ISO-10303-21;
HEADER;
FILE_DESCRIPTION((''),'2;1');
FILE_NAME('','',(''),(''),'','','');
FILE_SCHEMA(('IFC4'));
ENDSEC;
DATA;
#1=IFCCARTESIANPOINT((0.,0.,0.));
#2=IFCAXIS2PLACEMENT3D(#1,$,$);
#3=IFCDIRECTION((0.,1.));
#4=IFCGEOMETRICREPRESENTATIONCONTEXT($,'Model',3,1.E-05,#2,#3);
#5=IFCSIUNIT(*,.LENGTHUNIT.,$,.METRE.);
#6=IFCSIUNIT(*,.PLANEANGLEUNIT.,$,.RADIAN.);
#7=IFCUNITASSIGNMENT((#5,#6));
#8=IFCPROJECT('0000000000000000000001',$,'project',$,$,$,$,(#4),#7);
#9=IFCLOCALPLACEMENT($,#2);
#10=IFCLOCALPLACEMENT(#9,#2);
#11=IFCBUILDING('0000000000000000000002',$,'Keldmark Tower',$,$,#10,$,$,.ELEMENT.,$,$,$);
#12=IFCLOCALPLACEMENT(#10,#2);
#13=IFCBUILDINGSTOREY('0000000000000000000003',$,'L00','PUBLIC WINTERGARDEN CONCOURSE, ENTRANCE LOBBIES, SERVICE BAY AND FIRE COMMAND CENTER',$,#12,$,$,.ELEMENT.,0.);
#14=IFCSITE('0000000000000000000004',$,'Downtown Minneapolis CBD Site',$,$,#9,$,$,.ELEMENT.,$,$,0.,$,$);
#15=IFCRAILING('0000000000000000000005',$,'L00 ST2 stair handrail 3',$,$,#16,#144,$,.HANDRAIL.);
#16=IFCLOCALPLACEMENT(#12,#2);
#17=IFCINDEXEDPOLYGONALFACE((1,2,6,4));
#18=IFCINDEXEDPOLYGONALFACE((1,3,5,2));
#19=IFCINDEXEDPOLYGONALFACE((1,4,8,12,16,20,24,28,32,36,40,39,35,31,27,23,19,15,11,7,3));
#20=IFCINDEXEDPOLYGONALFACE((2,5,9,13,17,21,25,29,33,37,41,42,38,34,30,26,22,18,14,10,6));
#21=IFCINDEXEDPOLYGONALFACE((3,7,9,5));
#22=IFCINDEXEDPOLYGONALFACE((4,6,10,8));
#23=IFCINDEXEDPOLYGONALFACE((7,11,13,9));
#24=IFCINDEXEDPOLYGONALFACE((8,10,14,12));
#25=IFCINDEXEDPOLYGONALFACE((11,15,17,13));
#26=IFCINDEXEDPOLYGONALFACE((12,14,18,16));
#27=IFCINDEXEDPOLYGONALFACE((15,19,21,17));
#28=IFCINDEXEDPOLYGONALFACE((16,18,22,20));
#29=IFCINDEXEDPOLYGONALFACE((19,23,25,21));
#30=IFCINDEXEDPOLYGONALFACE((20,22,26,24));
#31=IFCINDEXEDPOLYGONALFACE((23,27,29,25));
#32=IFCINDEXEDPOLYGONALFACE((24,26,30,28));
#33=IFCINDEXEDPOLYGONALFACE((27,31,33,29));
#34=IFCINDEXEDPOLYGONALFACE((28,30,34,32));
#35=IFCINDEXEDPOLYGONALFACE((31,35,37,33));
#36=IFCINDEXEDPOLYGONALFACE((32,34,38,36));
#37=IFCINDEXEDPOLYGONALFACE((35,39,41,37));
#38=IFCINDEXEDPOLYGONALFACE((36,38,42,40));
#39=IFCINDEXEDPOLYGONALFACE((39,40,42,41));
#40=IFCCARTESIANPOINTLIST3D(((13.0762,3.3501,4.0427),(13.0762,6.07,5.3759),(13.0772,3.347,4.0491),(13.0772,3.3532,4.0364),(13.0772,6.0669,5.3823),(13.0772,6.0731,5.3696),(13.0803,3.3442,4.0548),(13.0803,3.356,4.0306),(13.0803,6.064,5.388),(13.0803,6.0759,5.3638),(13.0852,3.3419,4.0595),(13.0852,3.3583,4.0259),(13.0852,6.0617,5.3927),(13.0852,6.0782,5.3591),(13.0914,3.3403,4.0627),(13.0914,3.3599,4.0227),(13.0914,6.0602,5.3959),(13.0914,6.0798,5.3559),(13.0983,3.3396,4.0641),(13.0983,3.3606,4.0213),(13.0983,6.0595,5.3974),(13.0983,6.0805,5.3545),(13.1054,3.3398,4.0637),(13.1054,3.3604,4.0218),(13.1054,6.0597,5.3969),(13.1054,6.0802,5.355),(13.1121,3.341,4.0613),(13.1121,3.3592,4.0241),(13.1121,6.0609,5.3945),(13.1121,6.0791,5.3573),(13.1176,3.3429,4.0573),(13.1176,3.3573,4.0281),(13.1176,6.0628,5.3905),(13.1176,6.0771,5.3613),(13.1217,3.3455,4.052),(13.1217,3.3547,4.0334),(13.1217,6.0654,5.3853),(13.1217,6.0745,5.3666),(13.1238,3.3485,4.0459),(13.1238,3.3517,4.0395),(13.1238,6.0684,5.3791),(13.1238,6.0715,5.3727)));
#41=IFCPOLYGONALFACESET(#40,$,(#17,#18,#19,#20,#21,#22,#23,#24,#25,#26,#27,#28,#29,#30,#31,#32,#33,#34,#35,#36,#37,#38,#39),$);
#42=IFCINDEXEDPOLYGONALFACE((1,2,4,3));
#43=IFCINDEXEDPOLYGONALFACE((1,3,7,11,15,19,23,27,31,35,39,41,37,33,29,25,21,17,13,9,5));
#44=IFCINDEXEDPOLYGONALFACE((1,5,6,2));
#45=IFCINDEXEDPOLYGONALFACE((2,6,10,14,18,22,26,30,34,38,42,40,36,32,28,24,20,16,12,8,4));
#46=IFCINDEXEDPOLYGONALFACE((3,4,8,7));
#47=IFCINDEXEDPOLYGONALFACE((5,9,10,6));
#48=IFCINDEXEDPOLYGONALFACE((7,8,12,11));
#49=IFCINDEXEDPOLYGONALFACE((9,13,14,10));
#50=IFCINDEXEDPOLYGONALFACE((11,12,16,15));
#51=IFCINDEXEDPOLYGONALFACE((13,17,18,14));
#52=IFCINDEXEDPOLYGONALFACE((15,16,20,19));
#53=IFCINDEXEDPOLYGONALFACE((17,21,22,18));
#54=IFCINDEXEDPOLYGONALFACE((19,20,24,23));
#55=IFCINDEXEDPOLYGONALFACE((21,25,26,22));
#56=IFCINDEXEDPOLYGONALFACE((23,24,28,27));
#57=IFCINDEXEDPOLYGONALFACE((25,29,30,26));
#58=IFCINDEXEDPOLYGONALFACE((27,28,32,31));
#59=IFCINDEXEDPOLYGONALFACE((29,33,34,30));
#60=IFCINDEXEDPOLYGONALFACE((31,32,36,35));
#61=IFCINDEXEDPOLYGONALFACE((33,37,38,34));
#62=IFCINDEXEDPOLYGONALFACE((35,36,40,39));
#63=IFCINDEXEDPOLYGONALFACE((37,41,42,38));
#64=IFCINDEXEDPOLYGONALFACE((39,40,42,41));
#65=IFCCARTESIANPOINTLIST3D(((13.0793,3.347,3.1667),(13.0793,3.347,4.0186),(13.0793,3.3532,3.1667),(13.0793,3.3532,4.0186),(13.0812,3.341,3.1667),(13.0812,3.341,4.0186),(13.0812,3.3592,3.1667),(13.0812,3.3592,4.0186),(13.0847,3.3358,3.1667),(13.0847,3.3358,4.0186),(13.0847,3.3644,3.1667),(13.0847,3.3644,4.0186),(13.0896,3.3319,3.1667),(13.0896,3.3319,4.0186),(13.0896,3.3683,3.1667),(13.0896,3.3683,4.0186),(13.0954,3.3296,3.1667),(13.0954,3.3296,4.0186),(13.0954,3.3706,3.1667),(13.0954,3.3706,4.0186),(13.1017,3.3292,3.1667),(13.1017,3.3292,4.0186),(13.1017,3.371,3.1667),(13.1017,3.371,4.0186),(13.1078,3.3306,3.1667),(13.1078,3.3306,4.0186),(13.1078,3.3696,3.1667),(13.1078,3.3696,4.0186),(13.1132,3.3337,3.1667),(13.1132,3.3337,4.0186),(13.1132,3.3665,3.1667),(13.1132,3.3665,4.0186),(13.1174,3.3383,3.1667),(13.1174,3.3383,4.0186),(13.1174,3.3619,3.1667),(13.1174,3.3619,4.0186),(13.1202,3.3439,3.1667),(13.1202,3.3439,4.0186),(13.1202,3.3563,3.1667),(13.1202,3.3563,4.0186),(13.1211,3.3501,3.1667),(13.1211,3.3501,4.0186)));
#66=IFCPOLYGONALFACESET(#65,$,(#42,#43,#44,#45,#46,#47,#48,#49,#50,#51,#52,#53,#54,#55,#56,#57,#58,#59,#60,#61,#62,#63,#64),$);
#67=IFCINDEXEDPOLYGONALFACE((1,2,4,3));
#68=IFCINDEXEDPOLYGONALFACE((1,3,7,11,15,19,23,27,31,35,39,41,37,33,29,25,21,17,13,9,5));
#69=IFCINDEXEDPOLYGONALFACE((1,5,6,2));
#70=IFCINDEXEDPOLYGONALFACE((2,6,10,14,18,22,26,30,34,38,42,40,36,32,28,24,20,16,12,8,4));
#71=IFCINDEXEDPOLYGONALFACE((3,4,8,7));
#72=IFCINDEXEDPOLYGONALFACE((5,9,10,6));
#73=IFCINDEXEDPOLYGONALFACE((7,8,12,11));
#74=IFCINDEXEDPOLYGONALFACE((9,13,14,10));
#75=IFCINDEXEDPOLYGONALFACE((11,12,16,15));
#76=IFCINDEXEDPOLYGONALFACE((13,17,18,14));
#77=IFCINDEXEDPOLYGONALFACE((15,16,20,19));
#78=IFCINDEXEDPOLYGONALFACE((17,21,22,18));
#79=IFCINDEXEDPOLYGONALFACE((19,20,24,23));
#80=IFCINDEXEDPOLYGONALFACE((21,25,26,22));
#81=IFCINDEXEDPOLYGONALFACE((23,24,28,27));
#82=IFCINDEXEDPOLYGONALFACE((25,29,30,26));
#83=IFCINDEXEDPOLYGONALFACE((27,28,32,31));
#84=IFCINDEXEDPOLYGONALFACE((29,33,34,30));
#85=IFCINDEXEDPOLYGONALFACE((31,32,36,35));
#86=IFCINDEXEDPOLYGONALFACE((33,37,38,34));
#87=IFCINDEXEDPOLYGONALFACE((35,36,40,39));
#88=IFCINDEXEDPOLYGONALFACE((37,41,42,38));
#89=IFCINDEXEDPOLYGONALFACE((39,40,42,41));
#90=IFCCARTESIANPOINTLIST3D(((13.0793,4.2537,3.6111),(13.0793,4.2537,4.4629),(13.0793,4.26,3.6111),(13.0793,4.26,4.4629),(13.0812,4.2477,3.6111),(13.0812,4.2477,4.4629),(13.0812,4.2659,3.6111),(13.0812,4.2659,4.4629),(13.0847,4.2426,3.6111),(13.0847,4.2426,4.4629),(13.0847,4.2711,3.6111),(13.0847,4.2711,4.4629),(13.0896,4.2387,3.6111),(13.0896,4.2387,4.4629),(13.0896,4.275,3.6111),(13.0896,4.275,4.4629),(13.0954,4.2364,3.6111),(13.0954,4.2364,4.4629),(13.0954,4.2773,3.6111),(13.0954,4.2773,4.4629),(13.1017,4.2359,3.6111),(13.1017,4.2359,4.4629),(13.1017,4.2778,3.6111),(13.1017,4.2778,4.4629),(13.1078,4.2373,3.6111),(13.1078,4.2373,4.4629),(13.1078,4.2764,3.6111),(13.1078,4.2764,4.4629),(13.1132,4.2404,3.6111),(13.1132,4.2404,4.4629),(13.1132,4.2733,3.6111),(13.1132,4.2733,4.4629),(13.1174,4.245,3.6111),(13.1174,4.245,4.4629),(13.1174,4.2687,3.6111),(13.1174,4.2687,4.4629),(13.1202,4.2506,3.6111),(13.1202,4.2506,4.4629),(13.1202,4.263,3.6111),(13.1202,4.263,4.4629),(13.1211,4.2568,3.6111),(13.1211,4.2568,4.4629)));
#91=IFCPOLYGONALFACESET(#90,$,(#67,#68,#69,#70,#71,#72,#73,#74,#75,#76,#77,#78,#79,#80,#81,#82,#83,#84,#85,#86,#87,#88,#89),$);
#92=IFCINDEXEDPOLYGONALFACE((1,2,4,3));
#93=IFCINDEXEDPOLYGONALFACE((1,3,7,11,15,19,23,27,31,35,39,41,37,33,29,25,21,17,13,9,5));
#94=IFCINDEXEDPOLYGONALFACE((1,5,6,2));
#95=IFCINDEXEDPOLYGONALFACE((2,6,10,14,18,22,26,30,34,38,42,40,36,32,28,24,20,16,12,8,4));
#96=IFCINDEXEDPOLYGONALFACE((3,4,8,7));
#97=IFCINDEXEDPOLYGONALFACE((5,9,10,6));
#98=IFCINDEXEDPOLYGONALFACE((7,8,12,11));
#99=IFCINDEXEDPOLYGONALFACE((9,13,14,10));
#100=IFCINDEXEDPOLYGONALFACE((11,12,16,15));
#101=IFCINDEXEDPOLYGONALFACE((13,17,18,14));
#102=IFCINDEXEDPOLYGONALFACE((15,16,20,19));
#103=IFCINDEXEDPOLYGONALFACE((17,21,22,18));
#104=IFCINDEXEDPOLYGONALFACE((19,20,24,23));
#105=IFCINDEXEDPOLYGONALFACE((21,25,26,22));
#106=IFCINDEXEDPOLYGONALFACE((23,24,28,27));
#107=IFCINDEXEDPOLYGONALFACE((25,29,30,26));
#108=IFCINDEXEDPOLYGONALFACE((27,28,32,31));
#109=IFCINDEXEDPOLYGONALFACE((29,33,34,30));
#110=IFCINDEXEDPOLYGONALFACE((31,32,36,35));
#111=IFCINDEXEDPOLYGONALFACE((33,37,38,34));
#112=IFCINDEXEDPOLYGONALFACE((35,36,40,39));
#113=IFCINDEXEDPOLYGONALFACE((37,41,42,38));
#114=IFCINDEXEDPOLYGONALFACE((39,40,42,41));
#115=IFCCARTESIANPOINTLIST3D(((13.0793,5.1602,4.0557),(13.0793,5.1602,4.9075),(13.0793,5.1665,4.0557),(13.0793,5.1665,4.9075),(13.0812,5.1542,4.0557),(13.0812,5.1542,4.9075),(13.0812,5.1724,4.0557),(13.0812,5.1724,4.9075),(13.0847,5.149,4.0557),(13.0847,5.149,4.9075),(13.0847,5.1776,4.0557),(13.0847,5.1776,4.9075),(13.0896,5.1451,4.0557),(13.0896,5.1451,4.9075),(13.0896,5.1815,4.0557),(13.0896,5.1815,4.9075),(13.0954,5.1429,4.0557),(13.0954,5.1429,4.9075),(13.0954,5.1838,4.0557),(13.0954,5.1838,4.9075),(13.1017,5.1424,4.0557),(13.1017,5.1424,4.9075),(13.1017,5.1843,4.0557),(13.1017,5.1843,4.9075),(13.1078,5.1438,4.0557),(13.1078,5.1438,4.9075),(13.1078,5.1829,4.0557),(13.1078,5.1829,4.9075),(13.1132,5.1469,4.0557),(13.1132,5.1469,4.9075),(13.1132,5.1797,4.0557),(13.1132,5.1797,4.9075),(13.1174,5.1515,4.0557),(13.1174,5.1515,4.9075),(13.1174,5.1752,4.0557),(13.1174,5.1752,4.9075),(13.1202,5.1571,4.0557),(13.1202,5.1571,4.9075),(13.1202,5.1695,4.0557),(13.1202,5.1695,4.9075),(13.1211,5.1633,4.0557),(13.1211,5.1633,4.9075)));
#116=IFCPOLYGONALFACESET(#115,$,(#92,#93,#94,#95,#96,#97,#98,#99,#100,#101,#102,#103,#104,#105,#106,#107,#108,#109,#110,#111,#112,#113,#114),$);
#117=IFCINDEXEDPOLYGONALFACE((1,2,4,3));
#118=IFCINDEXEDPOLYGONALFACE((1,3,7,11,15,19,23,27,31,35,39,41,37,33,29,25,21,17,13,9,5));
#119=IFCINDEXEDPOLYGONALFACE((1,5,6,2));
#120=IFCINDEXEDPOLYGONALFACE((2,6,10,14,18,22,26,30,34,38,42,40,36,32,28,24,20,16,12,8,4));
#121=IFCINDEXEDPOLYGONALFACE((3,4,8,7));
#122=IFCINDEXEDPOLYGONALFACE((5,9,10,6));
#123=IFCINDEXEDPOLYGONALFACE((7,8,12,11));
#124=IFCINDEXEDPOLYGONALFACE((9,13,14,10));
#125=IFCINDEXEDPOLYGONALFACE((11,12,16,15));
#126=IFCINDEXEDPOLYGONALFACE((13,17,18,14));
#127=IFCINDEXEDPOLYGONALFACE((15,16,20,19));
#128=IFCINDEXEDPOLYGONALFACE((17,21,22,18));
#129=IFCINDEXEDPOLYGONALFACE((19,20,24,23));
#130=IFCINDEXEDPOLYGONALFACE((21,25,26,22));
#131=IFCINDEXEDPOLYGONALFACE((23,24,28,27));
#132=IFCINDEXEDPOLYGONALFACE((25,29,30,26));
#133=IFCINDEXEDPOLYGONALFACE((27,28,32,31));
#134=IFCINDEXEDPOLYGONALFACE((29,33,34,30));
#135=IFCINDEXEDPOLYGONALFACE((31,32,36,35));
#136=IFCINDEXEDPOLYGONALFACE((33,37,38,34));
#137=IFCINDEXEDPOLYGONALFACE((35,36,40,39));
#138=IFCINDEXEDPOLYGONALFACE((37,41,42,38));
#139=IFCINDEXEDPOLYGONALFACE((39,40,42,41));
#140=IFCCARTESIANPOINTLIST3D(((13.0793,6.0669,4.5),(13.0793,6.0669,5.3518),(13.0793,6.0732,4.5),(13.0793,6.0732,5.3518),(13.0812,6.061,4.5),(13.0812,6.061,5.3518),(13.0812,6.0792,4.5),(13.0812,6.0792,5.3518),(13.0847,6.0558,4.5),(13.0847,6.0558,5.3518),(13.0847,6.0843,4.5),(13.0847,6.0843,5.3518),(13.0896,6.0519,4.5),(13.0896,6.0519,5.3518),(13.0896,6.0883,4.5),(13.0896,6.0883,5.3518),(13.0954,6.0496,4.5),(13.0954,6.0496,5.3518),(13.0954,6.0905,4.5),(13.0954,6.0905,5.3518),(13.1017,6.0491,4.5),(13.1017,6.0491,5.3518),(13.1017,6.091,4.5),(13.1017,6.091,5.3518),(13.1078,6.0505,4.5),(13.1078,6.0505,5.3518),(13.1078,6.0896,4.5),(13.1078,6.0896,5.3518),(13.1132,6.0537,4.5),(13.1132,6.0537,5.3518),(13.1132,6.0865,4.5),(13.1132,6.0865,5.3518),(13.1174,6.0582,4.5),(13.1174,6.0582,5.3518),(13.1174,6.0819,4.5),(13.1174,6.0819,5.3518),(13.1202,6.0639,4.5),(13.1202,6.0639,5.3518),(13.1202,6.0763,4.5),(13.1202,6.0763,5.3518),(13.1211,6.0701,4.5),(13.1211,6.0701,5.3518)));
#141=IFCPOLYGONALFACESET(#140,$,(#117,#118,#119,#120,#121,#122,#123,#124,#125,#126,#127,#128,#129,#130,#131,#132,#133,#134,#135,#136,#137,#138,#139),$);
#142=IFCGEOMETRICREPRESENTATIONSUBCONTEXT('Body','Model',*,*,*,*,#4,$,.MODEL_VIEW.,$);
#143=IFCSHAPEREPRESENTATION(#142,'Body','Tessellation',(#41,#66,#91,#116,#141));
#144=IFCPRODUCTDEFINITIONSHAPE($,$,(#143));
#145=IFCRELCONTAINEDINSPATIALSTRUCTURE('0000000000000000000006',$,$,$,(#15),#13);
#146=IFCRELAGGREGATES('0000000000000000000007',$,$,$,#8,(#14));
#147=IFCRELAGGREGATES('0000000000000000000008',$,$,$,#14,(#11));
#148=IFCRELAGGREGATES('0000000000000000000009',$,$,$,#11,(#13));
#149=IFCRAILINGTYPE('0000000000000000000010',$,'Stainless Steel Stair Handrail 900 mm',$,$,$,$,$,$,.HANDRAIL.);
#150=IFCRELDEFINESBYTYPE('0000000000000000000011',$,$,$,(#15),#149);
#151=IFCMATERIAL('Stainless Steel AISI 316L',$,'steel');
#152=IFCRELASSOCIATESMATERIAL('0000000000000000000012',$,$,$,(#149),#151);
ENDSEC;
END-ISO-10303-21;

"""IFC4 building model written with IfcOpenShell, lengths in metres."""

from ifc_helpers import new_model, si_unit, direction, frame, origin, origin_2d, place, context, subcontext, project, spatial, circle, extrude, material, type_object, element, save


model = new_model("IFC4")

# Units and contexts
model_context = context("Model", 3, precision=1e-05, world=origin(), true_north=direction((0.0, 1.0)))
body_context = subcontext(model_context, "Body", "Model", "MODEL_VIEW")
ifc_project = project(units=[si_unit("LENGTHUNIT", "METRE"), si_unit("PLANEANGLEUNIT", "RADIAN")], contexts=[model_context])

# Site, building, storey
site_placement = place(None, origin())
site = spatial("IfcSite", under=ifc_project, at=site_placement, Name="Downtown Minneapolis CBD Site", CompositionType="ELEMENT", RefElevation=0.0)
building_placement = place(site_placement, origin())
building = spatial("IfcBuilding", under=site, at=building_placement, Name="Keldmark Tower", CompositionType="ELEMENT")
storey_placement = place(building_placement, origin())
storey = spatial("IfcBuildingStorey", under=building, at=storey_placement, Name="L00", Description="PUBLIC WINTERGARDEN CONCOURSE, ENTRANCE LOBBIES, SERVICE BAY AND FIRE COMMAND CENTER", CompositionType="ELEMENT", Elevation=0.0)

# Railing
ifc_material_1 = material(Name="Stainless Steel AISI 316L", Category="steel")
railing_type_1 = type_object("IfcRailingType", Name="Stainless Steel Stair Handrail 900 mm", PredefinedType="HANDRAIL", material=ifc_material_1)
for number, where, name in (
    (1, (13.1001, 3.3501, 3.1667), "L00 ST2 stair handrail 3"),
):
    element("IfcRailing", number, at=place(storey_placement, frame(where)), inside=storey, type_object=railing_type_1, Name=name, PredefinedType="HANDRAIL", context=body_context, shape_type="SweptSolid", body=[
        extrude(circle(Radius=0.0239, at=origin_2d()), frame((0.0, 0.0, 0.876), z_axis=(0.0, 0.897929, 0.440139), x_axis=(-1.0, 0.0, 0.0)), (0.0, 0.0, 1.0), 3.0291),
        extrude(circle(Radius=0.021, at=origin_2d()), origin(), (0.0, 0.0, 1.0), 0.8518),
        extrude(circle(Radius=0.021, at=origin_2d()), frame((0.0, 0.9067, 0.4443)), (0.0, 0.0, 1.0), 0.8518),
        extrude(circle(Radius=0.021, at=origin_2d()), frame((0.0, 1.8132, 0.8889)), (0.0, 0.0, 1.0), 0.8518),
        extrude(circle(Radius=0.021, at=origin_2d()), frame((0.0, 2.72, 1.3333)), (0.0, 0.0, 1.0), 0.8518),
    ])

save(model, "model.ifc")
